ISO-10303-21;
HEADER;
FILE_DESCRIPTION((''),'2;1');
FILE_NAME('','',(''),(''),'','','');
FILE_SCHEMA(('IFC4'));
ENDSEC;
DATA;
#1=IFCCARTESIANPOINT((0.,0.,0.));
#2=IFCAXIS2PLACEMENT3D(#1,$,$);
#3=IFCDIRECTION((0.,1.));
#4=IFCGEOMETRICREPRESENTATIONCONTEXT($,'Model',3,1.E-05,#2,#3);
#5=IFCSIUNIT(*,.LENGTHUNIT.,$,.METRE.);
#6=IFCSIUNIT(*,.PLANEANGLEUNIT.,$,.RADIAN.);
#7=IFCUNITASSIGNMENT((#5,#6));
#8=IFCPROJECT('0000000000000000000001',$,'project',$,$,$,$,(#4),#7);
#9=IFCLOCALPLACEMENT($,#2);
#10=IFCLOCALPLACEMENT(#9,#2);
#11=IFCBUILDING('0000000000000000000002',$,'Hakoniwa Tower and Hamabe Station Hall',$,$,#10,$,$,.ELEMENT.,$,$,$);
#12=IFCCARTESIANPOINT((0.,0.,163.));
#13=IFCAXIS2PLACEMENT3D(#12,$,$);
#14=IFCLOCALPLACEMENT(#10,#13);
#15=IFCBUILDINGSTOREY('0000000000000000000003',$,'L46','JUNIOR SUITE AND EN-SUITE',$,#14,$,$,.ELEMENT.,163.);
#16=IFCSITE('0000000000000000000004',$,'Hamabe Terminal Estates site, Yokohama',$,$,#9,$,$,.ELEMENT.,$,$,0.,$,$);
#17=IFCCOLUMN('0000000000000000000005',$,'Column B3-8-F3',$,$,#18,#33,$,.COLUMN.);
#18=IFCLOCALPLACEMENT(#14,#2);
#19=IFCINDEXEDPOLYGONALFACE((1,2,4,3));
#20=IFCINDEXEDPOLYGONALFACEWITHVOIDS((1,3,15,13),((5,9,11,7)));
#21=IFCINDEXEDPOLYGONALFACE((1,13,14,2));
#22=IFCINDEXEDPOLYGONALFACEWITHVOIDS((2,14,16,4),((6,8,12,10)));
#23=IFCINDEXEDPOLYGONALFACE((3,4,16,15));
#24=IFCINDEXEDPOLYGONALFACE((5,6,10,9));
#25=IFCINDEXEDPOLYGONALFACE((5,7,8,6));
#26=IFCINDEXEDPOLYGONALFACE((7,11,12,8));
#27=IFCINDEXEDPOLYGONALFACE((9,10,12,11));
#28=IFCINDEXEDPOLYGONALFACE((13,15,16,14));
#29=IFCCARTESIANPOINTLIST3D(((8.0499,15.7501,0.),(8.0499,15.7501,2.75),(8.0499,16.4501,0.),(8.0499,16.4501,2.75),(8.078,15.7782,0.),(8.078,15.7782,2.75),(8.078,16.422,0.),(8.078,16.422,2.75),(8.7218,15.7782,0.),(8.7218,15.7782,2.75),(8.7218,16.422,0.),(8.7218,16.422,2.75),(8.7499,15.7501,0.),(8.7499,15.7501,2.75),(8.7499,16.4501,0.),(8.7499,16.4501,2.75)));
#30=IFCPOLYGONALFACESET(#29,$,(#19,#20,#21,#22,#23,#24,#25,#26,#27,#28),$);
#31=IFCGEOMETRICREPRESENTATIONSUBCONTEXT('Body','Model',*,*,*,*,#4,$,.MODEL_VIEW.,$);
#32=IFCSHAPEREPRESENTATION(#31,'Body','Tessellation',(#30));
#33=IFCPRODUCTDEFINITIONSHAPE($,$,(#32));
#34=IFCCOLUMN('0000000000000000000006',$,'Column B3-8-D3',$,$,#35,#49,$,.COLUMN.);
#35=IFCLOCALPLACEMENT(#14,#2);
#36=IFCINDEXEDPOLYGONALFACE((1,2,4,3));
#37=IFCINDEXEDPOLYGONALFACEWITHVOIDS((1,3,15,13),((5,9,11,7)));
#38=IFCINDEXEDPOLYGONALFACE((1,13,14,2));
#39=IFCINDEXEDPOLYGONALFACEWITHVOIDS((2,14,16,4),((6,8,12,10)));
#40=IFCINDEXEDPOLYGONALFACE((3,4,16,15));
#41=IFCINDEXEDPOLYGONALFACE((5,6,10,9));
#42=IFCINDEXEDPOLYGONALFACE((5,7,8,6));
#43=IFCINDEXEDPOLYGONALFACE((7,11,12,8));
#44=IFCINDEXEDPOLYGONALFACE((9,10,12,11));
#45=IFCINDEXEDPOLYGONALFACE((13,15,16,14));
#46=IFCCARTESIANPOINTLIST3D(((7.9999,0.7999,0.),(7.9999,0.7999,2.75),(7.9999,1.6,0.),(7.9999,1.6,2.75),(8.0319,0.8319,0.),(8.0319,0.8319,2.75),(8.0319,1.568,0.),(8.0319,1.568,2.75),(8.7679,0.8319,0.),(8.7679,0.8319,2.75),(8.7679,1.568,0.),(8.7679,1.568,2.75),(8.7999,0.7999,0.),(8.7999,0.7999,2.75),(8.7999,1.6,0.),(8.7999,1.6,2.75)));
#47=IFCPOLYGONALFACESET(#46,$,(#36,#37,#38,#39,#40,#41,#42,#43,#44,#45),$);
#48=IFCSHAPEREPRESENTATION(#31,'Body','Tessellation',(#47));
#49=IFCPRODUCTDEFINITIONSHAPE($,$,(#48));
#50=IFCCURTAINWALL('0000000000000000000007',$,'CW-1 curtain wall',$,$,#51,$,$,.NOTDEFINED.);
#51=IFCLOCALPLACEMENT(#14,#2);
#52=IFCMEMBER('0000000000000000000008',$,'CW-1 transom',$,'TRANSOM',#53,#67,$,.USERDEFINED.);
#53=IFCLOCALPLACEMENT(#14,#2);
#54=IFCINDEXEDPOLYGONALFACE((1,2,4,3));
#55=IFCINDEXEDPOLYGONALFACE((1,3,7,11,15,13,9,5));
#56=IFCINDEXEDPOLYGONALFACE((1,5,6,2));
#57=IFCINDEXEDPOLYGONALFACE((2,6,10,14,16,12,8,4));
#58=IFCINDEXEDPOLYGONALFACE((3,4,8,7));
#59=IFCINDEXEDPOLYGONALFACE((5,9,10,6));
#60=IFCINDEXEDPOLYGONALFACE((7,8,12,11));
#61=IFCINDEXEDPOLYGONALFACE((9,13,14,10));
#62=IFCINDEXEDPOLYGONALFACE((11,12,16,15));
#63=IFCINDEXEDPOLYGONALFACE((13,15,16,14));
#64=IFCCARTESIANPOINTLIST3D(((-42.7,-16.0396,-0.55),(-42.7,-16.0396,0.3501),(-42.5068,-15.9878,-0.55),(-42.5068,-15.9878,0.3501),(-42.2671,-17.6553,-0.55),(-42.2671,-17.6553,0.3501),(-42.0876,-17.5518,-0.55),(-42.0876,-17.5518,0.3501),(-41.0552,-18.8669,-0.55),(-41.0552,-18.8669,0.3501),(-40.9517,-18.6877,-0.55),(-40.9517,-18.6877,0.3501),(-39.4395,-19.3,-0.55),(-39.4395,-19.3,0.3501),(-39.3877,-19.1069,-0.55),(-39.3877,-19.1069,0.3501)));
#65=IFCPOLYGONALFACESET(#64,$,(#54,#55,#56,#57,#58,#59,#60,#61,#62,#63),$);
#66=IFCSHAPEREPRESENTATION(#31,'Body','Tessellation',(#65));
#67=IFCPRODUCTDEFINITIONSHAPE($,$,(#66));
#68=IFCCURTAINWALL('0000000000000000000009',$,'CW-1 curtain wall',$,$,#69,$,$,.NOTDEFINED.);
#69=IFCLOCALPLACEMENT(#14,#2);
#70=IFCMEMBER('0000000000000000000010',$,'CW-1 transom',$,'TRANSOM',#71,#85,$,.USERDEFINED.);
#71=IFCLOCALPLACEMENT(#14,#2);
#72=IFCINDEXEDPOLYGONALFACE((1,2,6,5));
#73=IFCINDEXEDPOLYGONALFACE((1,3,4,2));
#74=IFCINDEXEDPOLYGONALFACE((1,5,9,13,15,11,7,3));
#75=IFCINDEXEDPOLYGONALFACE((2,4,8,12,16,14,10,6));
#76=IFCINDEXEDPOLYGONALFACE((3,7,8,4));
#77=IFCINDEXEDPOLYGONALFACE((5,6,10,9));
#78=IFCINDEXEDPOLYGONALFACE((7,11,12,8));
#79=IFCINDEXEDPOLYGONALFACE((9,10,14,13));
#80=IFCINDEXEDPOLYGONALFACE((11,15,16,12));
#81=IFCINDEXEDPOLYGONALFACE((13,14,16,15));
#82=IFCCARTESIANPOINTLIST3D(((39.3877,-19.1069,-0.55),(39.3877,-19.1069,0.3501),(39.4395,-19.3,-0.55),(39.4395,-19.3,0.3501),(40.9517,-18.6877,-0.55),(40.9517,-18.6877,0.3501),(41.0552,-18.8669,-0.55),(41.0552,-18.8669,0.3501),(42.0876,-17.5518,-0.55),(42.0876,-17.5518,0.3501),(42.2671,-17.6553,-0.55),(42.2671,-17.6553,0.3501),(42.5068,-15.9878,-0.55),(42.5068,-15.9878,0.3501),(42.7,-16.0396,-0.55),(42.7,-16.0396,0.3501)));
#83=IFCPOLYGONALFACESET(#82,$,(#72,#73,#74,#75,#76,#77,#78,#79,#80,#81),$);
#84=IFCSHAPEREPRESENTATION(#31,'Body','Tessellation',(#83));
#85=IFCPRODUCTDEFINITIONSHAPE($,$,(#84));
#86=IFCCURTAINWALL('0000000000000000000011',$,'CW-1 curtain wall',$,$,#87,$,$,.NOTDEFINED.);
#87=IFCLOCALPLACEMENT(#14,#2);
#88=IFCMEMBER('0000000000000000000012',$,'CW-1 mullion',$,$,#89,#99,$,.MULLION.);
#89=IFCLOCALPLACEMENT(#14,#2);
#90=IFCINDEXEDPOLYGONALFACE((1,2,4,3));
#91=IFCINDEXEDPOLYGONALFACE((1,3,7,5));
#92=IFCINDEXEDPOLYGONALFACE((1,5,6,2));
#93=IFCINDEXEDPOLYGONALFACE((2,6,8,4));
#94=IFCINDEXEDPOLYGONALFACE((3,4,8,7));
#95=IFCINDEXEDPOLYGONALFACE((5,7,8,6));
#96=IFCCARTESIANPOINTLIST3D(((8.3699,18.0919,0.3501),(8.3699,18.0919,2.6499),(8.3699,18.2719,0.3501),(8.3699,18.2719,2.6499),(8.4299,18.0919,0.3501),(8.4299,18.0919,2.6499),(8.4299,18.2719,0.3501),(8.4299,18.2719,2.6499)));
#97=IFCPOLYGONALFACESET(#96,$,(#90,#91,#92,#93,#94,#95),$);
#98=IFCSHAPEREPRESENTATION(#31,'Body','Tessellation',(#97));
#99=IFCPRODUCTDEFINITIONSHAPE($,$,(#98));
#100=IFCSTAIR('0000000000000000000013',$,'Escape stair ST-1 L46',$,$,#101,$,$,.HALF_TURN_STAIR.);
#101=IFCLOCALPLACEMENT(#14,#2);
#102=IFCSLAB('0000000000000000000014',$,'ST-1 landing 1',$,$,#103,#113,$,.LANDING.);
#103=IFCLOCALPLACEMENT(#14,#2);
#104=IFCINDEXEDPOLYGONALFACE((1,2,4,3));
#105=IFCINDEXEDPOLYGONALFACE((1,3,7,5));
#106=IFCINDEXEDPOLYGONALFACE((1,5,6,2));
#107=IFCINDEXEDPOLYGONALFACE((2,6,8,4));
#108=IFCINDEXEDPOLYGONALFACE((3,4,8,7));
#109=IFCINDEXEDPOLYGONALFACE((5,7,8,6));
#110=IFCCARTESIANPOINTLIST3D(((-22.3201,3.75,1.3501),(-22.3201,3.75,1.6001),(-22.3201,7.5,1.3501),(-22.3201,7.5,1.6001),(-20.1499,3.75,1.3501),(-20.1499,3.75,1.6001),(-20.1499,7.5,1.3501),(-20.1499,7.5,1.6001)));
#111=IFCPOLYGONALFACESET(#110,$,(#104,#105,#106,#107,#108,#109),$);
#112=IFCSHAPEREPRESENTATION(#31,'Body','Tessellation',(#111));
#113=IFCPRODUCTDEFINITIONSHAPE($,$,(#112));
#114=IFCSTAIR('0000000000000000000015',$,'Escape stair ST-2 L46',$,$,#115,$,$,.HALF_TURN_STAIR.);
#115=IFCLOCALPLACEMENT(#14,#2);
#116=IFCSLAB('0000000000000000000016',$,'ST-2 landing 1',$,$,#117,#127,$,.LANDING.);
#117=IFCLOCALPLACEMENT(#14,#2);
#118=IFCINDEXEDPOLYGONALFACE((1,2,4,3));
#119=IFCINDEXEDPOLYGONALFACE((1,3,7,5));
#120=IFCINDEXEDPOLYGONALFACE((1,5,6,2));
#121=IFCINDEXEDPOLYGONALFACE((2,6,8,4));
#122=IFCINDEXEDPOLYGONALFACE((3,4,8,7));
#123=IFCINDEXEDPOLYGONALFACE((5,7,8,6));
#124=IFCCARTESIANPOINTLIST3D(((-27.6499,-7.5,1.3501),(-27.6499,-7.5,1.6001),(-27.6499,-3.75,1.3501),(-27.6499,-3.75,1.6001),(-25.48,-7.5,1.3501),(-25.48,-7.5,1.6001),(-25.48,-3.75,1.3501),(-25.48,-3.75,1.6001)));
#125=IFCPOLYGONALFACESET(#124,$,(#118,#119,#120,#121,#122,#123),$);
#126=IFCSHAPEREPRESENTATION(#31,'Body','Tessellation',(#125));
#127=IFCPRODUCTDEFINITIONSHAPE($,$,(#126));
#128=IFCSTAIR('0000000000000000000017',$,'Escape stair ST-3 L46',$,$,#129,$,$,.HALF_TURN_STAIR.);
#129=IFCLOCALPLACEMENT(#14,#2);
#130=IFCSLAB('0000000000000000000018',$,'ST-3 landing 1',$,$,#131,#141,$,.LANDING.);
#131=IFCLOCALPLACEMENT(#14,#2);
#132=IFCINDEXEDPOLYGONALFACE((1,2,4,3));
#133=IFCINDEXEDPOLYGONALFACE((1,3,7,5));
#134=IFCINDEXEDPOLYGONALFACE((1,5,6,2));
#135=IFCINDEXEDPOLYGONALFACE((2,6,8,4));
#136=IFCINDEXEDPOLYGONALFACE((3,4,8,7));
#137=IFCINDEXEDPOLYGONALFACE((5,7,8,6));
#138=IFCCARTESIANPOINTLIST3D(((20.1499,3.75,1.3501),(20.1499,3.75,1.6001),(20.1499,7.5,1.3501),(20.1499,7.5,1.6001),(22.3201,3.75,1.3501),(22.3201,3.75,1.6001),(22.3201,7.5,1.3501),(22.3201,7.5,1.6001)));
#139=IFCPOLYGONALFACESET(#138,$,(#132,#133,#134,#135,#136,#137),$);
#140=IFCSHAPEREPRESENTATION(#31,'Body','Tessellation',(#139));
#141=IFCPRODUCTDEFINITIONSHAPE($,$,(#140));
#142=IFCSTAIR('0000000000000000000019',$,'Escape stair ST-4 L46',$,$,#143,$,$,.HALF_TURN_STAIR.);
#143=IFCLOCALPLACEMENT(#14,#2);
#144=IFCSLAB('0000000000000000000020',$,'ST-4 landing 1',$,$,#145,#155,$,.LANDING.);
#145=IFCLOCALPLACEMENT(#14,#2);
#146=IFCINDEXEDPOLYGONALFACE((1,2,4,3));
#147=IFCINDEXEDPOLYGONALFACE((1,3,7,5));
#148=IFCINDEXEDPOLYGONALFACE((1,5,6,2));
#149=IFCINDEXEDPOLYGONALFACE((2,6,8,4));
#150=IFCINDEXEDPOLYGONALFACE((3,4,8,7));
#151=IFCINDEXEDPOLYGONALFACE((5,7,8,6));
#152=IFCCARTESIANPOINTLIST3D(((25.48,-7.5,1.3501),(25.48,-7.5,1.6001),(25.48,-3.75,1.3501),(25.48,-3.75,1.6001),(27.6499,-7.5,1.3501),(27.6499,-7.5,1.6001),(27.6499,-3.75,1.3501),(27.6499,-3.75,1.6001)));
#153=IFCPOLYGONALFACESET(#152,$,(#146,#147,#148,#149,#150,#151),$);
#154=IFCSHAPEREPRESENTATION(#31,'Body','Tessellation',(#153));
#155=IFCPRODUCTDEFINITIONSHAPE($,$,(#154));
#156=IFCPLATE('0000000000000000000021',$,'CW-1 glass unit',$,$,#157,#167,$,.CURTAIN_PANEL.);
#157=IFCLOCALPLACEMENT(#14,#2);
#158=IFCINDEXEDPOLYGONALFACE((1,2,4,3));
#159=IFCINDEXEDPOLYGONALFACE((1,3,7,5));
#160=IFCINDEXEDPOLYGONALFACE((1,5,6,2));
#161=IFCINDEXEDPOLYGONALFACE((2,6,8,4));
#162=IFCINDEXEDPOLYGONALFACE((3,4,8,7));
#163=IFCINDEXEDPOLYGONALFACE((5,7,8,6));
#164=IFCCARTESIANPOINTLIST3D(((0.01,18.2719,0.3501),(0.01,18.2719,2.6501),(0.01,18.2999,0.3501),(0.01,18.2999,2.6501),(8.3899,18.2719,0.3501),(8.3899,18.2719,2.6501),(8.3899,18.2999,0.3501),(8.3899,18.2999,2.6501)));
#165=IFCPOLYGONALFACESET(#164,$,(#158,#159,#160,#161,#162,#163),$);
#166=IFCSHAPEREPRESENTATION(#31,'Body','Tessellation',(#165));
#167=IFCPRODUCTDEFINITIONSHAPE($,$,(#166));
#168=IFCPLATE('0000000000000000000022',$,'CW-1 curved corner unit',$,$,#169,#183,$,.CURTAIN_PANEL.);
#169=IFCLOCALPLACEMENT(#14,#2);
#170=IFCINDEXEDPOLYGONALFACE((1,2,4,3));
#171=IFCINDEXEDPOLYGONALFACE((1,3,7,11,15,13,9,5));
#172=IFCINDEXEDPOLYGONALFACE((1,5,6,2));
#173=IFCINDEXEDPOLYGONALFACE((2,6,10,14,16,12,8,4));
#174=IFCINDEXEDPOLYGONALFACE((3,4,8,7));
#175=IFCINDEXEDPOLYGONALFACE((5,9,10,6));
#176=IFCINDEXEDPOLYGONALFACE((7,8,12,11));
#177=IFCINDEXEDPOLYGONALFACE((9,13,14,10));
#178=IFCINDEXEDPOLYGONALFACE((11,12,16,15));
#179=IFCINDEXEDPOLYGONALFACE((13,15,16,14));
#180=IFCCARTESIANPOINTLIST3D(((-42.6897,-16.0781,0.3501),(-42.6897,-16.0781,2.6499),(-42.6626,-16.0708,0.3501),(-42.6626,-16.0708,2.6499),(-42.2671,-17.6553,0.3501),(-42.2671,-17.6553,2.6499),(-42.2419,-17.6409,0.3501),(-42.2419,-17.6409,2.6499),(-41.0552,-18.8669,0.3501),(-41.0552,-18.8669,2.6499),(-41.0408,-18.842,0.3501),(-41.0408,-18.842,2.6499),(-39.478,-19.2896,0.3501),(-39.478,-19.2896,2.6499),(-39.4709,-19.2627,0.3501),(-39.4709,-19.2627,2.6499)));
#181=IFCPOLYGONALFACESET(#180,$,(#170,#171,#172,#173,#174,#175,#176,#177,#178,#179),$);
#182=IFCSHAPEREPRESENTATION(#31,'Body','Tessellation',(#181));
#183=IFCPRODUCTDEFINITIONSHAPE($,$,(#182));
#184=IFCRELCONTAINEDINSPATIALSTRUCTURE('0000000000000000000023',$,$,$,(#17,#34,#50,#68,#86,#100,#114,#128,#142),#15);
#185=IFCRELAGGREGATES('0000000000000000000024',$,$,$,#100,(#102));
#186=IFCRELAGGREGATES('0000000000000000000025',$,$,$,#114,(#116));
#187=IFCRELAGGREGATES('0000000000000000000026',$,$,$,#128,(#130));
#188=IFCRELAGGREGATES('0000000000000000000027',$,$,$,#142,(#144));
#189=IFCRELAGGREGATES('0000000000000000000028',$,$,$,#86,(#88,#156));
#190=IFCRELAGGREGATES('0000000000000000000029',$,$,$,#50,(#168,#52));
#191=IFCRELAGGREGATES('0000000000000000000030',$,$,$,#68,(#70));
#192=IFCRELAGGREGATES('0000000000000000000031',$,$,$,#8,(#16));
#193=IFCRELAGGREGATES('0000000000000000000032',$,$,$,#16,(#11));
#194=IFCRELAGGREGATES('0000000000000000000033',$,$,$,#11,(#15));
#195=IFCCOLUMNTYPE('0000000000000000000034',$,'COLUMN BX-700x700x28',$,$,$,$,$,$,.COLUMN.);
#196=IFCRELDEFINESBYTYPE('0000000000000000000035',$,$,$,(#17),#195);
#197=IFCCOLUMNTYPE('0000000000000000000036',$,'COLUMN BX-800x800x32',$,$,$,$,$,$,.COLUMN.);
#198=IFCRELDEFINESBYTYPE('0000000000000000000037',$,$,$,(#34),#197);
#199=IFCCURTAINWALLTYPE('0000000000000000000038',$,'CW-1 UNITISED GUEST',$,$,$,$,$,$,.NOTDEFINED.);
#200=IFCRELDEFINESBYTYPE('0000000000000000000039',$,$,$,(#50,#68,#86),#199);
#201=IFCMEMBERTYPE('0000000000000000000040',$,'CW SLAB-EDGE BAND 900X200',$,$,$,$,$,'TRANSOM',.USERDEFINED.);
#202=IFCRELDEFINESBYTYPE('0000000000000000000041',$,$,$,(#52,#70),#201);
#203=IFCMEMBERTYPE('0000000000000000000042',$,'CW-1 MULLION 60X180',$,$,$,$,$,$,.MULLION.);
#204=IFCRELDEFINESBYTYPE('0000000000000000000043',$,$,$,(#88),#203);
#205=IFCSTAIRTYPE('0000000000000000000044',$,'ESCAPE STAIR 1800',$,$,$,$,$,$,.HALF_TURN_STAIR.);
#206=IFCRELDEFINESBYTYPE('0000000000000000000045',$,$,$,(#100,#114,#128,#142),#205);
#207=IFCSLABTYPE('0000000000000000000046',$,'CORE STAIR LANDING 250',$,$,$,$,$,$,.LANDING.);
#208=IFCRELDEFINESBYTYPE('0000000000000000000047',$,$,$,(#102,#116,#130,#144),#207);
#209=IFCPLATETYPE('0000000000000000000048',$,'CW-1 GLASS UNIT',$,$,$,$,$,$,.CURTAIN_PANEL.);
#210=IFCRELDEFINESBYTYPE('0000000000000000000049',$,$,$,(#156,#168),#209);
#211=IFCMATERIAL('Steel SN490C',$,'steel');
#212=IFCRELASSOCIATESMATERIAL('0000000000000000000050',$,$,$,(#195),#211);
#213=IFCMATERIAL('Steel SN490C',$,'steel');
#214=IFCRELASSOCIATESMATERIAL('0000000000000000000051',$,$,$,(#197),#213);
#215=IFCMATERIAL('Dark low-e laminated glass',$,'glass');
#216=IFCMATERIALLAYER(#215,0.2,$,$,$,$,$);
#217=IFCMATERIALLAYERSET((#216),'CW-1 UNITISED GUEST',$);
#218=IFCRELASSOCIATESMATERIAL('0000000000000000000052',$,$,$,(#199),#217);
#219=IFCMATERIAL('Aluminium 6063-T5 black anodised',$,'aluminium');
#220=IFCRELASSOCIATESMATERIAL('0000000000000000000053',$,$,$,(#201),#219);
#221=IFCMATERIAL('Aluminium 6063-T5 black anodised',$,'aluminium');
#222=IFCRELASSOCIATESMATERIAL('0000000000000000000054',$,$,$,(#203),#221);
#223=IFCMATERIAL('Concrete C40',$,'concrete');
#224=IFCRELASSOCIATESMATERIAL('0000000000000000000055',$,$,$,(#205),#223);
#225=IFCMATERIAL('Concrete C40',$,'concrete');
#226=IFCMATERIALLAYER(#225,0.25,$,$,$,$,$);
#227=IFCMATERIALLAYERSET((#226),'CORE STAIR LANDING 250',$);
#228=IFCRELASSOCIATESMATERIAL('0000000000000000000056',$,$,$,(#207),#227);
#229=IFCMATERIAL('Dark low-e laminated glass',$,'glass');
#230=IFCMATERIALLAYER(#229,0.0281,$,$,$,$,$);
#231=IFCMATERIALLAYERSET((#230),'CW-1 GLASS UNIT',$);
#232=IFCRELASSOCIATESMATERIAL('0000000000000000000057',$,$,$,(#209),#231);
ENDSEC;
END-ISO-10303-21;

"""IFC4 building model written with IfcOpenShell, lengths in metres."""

from ifc_helpers import new_model, si_unit, direction, frame, origin, origin_2d, place, context, subcontext, project, spatial, polyline, rectangle, hollow_rectangle, outline, extrude, material, layer, layer_set, material_profile, profile_set, type_object, element, aggregate, save


model = new_model("IFC4")

# Units and contexts
model_context = context("Model", 3, precision=1e-05, world=origin(), true_north=direction((0.0, 1.0)))
body_context = subcontext(model_context, "Body", "Model", "MODEL_VIEW")
ifc_project = project(units=[si_unit("LENGTHUNIT", "METRE"), si_unit("PLANEANGLEUNIT", "RADIAN")], contexts=[model_context])

# Site, building, storey
site_placement = place(None, origin())
site = spatial("IfcSite", under=ifc_project, at=site_placement, Name="Hamabe Terminal Estates site, Yokohama", CompositionType="ELEMENT", RefElevation=0.0)
building_placement = place(site_placement, origin())
building = spatial("IfcBuilding", under=site, at=building_placement, Name="Hakoniwa Tower and Hamabe Station Hall", CompositionType="ELEMENT")
storey_placement = place(building_placement, frame((0.0, 0.0, 163.0)))
storey = spatial("IfcBuildingStorey", under=building, at=storey_placement, Name="L46", Description="JUNIOR SUITE AND EN-SUITE", CompositionType="ELEMENT", Elevation=163.0)

# Columns
ifc_material_1 = material(Name="Steel SN490C", Category="steel")
ifc_material_profile_1 = material_profile(ifc_material_1, hollow_rectangle(XDim=0.7, YDim=0.7, WallThickness=0.0281, at=origin_2d()), Name="BX-700x700x28")
ifc_profile_set_1 = profile_set([ifc_material_profile_1], Name="Steel SN490C")
column_type_1 = type_object("IfcColumnType", Name="COLUMN BX-700x700x28", PredefinedType="COLUMN", material=ifc_profile_set_1)
column_1_placement = place(storey_placement, frame((8.3999, 16.1001, 0.0), z_axis=(0.0, 0.0, 1.0), x_axis=(1.0, 0.0, 0.0)))
element("IfcColumn", 1, at=column_1_placement, inside=storey, type_object=column_type_1, Name="Column B3-8-F3", PredefinedType="COLUMN", context=body_context, shape_type="SweptSolid", body=[
    extrude(hollow_rectangle(XDim=0.7, YDim=0.7, WallThickness=0.0281, at=origin_2d()), origin(), (0.0, 0.0, 1.0), 2.75),
])
ifc_material_2 = material(Name="Steel SN490C", Category="steel")
ifc_material_profile_2 = material_profile(ifc_material_2, hollow_rectangle(XDim=0.8, YDim=0.8, WallThickness=0.032, at=origin_2d()), Name="BX-800x800x32")
ifc_profile_set_2 = profile_set([ifc_material_profile_2], Name="Steel SN490C")
column_type_2 = type_object("IfcColumnType", Name="COLUMN BX-800x800x32", PredefinedType="COLUMN", material=ifc_profile_set_2)
column_2_placement = place(storey_placement, frame((8.3999, 1.2, 0.0), z_axis=(0.0, 0.0, 1.0), x_axis=(1.0, 0.0, 0.0)))
element("IfcColumn", 2, at=column_2_placement, inside=storey, type_object=column_type_2, Name="Column B3-8-D3", PredefinedType="COLUMN", context=body_context, shape_type="SweptSolid", body=[
    extrude(hollow_rectangle(XDim=0.8, YDim=0.8, WallThickness=0.032, at=origin_2d()), origin(), (0.0, 0.0, 1.0), 2.75),
])

# Curtain walls, members
ifc_material_3 = material(Name="Dark low-e laminated glass", Category="glass")
ifc_layer_1 = layer(ifc_material_3, 0.2)
ifc_layer_set_1 = layer_set([ifc_layer_1], Name="CW-1 UNITISED GUEST")
curtain_wall_type = type_object("IfcCurtainWallType", Name="CW-1 UNITISED GUEST", PredefinedType="NOTDEFINED", material=ifc_layer_set_1)
curtain_wall_1_placement = place(storey_placement, origin())
curtain_wall_1 = element("IfcCurtainWall", 3, at=curtain_wall_1_placement, inside=storey, type_object=curtain_wall_type, Name="CW-1 curtain wall", PredefinedType="NOTDEFINED")
ifc_material_4 = material(Name="Aluminium 6063-T5 black anodised", Category="aluminium")
ifc_material_profile_3 = material_profile(ifc_material_4, rectangle(XDim=0.2, YDim=0.8999, at=origin_2d()), Name="CW SLAB-EDGE BAND 900X200")
ifc_profile_set_3 = profile_set([ifc_material_profile_3], Name="Aluminium 6063-T5 black anodised")
member_type_1 = type_object("IfcMemberType", Name="CW SLAB-EDGE BAND 900X200", ElementType="TRANSOM", PredefinedType="USERDEFINED", material=ifc_profile_set_3)
member_1_placement = place(storey_placement, frame((0.0, 0.0, -0.55)))
member_1 = element("IfcMember", 4, at=member_1_placement, type_object=member_type_1, Name="CW-1 transom", ObjectType="TRANSOM", PredefinedType="USERDEFINED", context=body_context, shape_type="SweptSolid", body=[
    extrude(outline(polyline([(-42.7, -16.0396), (-42.2671, -17.6553), (-41.0552, -18.8669), (-39.4395, -19.3), (-39.3877, -19.1069), (-40.9517, -18.6877), (-42.0876, -17.5518), (-42.5068, -15.9878), (-42.7, -16.0396)])), origin(), (0.0, 0.0, 1.0), 0.9001),
])
curtain_wall_2_placement = place(storey_placement, origin())
curtain_wall_2 = element("IfcCurtainWall", 5, at=curtain_wall_2_placement, inside=storey, type_object=curtain_wall_type, Name="CW-1 curtain wall", PredefinedType="NOTDEFINED")
member_2_placement = place(storey_placement, frame((0.0, 0.0, -0.55)))
member_2 = element("IfcMember", 6, at=member_2_placement, type_object=member_type_1, Name="CW-1 transom", ObjectType="TRANSOM", PredefinedType="USERDEFINED", context=body_context, shape_type="SweptSolid", body=[
    extrude(outline(polyline([(39.4395, -19.3), (41.0552, -18.8669), (42.2671, -17.6553), (42.7, -16.0396), (42.5068, -15.9878), (42.0876, -17.5518), (40.9517, -18.6877), (39.3877, -19.1069), (39.4395, -19.3)])), origin(), (0.0, 0.0, 1.0), 0.9001),
])
curtain_wall_3_placement = place(storey_placement, origin())
curtain_wall_3 = element("IfcCurtainWall", 7, at=curtain_wall_3_placement, inside=storey, type_object=curtain_wall_type, Name="CW-1 curtain wall", PredefinedType="NOTDEFINED")
ifc_material_5 = material(Name="Aluminium 6063-T5 black anodised", Category="aluminium")
ifc_material_profile_4 = material_profile(ifc_material_5, rectangle(XDim=0.0601, YDim=0.1799, at=origin_2d()), Name="CW-1 MULLION 60X180")
ifc_profile_set_4 = profile_set([ifc_material_profile_4], Name="Aluminium 6063-T5 black anodised")
member_type_2 = type_object("IfcMemberType", Name="CW-1 MULLION 60X180", PredefinedType="MULLION", material=ifc_profile_set_4)
member_3_placement = place(storey_placement, frame((8.3999, 18.1819, 0.3501), z_axis=(0.0, 0.0, 1.0), x_axis=(-1.0, 0.0, 0.0)))
member_3 = element("IfcMember", 8, at=member_3_placement, type_object=member_type_2, Name="CW-1 mullion", PredefinedType="MULLION", context=body_context, shape_type="SweptSolid", body=[
    extrude(rectangle(XDim=0.0601, YDim=0.1799, at=origin_2d()), origin(), (0.0, 0.0, 1.0), 2.2998),
])

# Stairs, slabs
ifc_material_6 = material(Name="Concrete C40", Category="concrete")
stair_type = type_object("IfcStairType", Name="ESCAPE STAIR 1800", PredefinedType="HALF_TURN_STAIR", material=ifc_material_6)
stair_1_placement = place(storey_placement, origin())
stair_1 = element("IfcStair", 9, at=stair_1_placement, inside=storey, type_object=stair_type, Name="Escape stair ST-1 L46", PredefinedType="HALF_TURN_STAIR")
ifc_material_7 = material(Name="Concrete C40", Category="concrete")
ifc_layer_2 = layer(ifc_material_7, 0.25)
ifc_layer_set_2 = layer_set([ifc_layer_2], Name="CORE STAIR LANDING 250")
slab_type = type_object("IfcSlabType", Name="CORE STAIR LANDING 250", PredefinedType="LANDING", material=ifc_layer_set_2)
slab_1_placement = place(storey_placement, frame((0.0, 0.0, 1.3501)))
slab_1 = element("IfcSlab", 10, at=slab_1_placement, type_object=slab_type, Name="ST-1 landing 1", PredefinedType="LANDING", context=body_context, shape_type="SweptSolid", body=[
    extrude(outline(polyline([(-22.3201, 3.75), (-20.1499, 3.75), (-20.1499, 7.5), (-22.3201, 7.5), (-22.3201, 3.75)])), origin(), (0.0, 0.0, 1.0), 0.25),
])
aggregate(stair_1, [slab_1])
stair_2_placement = place(storey_placement, origin())
stair_2 = element("IfcStair", 11, at=stair_2_placement, inside=storey, type_object=stair_type, Name="Escape stair ST-2 L46", PredefinedType="HALF_TURN_STAIR")
slab_2_placement = place(storey_placement, frame((0.0, 0.0, 1.3501)))
slab_2 = element("IfcSlab", 12, at=slab_2_placement, type_object=slab_type, Name="ST-2 landing 1", PredefinedType="LANDING", context=body_context, shape_type="SweptSolid", body=[
    extrude(outline(polyline([(-25.48, -7.5), (-27.6499, -7.5), (-27.6499, -3.75), (-25.48, -3.75), (-25.48, -7.5)])), origin(), (0.0, 0.0, 1.0), 0.25),
])
aggregate(stair_2, [slab_2])
stair_3_placement = place(storey_placement, origin())
stair_3 = element("IfcStair", 13, at=stair_3_placement, inside=storey, type_object=stair_type, Name="Escape stair ST-3 L46", PredefinedType="HALF_TURN_STAIR")
slab_3_placement = place(storey_placement, frame((0.0, 0.0, 1.3501)))
slab_3 = element("IfcSlab", 14, at=slab_3_placement, type_object=slab_type, Name="ST-3 landing 1", PredefinedType="LANDING", context=body_context, shape_type="SweptSolid", body=[
    extrude(outline(polyline([(22.3201, 3.75), (20.1499, 3.75), (20.1499, 7.5), (22.3201, 7.5), (22.3201, 3.75)])), origin(), (0.0, 0.0, 1.0), 0.25),
])
aggregate(stair_3, [slab_3])
stair_4_placement = place(storey_placement, origin())
stair_4 = element("IfcStair", 15, at=stair_4_placement, inside=storey, type_object=stair_type, Name="Escape stair ST-4 L46", PredefinedType="HALF_TURN_STAIR")
slab_4_placement = place(storey_placement, frame((0.0, 0.0, 1.3501)))
slab_4 = element("IfcSlab", 16, at=slab_4_placement, type_object=slab_type, Name="ST-4 landing 1", PredefinedType="LANDING", context=body_context, shape_type="SweptSolid", body=[
    extrude(outline(polyline([(25.48, -7.5), (27.6499, -7.5), (27.6499, -3.75), (25.48, -3.75), (25.48, -7.5)])), origin(), (0.0, 0.0, 1.0), 0.25),
])
aggregate(stair_4, [slab_4])

# Plates
ifc_material_8 = material(Name="Dark low-e laminated glass", Category="glass")
ifc_layer_3 = layer(ifc_material_8, 0.0281)
ifc_layer_set_3 = layer_set([ifc_layer_3], Name="CW-1 GLASS UNIT")
plate_type = type_object("IfcPlateType", Name="CW-1 GLASS UNIT", PredefinedType="CURTAIN_PANEL", material=ifc_layer_set_3)
plate_1_placement = place(storey_placement, frame((4.2, 18.2859, 0.3501), z_axis=(0.0, 0.0, 1.0), x_axis=(-1.0, 0.0, 0.0)))
plate_1 = element("IfcPlate", 17, at=plate_1_placement, type_object=plate_type, Name="CW-1 glass unit", PredefinedType="CURTAIN_PANEL", context=body_context, shape_type="SweptSolid", body=[
    extrude(rectangle(XDim=8.3799, YDim=0.0281, at=origin_2d()), origin(), (0.0, 0.0, 1.0), 2.3),
])
aggregate(curtain_wall_3, [member_3, plate_1])
plate_2_placement = place(storey_placement, frame((0.0, 0.0, 0.3501)))
plate_2 = element("IfcPlate", 18, at=plate_2_placement, type_object=plate_type, Name="CW-1 curved corner unit", PredefinedType="CURTAIN_PANEL", context=body_context, shape_type="SweptSolid", body=[
    extrude(outline(polyline([(-42.6897, -16.0781), (-42.2671, -17.6553), (-41.0552, -18.8669), (-39.478, -19.2896), (-39.4709, -19.2627), (-41.0408, -18.842), (-42.2419, -17.6409), (-42.6626, -16.0708), (-42.6897, -16.0781)])), origin(), (0.0, 0.0, 1.0), 2.2998),
])
aggregate(curtain_wall_1, [plate_2, member_1])
aggregate(curtain_wall_2, [member_2])

save(model, "model.ifc")
